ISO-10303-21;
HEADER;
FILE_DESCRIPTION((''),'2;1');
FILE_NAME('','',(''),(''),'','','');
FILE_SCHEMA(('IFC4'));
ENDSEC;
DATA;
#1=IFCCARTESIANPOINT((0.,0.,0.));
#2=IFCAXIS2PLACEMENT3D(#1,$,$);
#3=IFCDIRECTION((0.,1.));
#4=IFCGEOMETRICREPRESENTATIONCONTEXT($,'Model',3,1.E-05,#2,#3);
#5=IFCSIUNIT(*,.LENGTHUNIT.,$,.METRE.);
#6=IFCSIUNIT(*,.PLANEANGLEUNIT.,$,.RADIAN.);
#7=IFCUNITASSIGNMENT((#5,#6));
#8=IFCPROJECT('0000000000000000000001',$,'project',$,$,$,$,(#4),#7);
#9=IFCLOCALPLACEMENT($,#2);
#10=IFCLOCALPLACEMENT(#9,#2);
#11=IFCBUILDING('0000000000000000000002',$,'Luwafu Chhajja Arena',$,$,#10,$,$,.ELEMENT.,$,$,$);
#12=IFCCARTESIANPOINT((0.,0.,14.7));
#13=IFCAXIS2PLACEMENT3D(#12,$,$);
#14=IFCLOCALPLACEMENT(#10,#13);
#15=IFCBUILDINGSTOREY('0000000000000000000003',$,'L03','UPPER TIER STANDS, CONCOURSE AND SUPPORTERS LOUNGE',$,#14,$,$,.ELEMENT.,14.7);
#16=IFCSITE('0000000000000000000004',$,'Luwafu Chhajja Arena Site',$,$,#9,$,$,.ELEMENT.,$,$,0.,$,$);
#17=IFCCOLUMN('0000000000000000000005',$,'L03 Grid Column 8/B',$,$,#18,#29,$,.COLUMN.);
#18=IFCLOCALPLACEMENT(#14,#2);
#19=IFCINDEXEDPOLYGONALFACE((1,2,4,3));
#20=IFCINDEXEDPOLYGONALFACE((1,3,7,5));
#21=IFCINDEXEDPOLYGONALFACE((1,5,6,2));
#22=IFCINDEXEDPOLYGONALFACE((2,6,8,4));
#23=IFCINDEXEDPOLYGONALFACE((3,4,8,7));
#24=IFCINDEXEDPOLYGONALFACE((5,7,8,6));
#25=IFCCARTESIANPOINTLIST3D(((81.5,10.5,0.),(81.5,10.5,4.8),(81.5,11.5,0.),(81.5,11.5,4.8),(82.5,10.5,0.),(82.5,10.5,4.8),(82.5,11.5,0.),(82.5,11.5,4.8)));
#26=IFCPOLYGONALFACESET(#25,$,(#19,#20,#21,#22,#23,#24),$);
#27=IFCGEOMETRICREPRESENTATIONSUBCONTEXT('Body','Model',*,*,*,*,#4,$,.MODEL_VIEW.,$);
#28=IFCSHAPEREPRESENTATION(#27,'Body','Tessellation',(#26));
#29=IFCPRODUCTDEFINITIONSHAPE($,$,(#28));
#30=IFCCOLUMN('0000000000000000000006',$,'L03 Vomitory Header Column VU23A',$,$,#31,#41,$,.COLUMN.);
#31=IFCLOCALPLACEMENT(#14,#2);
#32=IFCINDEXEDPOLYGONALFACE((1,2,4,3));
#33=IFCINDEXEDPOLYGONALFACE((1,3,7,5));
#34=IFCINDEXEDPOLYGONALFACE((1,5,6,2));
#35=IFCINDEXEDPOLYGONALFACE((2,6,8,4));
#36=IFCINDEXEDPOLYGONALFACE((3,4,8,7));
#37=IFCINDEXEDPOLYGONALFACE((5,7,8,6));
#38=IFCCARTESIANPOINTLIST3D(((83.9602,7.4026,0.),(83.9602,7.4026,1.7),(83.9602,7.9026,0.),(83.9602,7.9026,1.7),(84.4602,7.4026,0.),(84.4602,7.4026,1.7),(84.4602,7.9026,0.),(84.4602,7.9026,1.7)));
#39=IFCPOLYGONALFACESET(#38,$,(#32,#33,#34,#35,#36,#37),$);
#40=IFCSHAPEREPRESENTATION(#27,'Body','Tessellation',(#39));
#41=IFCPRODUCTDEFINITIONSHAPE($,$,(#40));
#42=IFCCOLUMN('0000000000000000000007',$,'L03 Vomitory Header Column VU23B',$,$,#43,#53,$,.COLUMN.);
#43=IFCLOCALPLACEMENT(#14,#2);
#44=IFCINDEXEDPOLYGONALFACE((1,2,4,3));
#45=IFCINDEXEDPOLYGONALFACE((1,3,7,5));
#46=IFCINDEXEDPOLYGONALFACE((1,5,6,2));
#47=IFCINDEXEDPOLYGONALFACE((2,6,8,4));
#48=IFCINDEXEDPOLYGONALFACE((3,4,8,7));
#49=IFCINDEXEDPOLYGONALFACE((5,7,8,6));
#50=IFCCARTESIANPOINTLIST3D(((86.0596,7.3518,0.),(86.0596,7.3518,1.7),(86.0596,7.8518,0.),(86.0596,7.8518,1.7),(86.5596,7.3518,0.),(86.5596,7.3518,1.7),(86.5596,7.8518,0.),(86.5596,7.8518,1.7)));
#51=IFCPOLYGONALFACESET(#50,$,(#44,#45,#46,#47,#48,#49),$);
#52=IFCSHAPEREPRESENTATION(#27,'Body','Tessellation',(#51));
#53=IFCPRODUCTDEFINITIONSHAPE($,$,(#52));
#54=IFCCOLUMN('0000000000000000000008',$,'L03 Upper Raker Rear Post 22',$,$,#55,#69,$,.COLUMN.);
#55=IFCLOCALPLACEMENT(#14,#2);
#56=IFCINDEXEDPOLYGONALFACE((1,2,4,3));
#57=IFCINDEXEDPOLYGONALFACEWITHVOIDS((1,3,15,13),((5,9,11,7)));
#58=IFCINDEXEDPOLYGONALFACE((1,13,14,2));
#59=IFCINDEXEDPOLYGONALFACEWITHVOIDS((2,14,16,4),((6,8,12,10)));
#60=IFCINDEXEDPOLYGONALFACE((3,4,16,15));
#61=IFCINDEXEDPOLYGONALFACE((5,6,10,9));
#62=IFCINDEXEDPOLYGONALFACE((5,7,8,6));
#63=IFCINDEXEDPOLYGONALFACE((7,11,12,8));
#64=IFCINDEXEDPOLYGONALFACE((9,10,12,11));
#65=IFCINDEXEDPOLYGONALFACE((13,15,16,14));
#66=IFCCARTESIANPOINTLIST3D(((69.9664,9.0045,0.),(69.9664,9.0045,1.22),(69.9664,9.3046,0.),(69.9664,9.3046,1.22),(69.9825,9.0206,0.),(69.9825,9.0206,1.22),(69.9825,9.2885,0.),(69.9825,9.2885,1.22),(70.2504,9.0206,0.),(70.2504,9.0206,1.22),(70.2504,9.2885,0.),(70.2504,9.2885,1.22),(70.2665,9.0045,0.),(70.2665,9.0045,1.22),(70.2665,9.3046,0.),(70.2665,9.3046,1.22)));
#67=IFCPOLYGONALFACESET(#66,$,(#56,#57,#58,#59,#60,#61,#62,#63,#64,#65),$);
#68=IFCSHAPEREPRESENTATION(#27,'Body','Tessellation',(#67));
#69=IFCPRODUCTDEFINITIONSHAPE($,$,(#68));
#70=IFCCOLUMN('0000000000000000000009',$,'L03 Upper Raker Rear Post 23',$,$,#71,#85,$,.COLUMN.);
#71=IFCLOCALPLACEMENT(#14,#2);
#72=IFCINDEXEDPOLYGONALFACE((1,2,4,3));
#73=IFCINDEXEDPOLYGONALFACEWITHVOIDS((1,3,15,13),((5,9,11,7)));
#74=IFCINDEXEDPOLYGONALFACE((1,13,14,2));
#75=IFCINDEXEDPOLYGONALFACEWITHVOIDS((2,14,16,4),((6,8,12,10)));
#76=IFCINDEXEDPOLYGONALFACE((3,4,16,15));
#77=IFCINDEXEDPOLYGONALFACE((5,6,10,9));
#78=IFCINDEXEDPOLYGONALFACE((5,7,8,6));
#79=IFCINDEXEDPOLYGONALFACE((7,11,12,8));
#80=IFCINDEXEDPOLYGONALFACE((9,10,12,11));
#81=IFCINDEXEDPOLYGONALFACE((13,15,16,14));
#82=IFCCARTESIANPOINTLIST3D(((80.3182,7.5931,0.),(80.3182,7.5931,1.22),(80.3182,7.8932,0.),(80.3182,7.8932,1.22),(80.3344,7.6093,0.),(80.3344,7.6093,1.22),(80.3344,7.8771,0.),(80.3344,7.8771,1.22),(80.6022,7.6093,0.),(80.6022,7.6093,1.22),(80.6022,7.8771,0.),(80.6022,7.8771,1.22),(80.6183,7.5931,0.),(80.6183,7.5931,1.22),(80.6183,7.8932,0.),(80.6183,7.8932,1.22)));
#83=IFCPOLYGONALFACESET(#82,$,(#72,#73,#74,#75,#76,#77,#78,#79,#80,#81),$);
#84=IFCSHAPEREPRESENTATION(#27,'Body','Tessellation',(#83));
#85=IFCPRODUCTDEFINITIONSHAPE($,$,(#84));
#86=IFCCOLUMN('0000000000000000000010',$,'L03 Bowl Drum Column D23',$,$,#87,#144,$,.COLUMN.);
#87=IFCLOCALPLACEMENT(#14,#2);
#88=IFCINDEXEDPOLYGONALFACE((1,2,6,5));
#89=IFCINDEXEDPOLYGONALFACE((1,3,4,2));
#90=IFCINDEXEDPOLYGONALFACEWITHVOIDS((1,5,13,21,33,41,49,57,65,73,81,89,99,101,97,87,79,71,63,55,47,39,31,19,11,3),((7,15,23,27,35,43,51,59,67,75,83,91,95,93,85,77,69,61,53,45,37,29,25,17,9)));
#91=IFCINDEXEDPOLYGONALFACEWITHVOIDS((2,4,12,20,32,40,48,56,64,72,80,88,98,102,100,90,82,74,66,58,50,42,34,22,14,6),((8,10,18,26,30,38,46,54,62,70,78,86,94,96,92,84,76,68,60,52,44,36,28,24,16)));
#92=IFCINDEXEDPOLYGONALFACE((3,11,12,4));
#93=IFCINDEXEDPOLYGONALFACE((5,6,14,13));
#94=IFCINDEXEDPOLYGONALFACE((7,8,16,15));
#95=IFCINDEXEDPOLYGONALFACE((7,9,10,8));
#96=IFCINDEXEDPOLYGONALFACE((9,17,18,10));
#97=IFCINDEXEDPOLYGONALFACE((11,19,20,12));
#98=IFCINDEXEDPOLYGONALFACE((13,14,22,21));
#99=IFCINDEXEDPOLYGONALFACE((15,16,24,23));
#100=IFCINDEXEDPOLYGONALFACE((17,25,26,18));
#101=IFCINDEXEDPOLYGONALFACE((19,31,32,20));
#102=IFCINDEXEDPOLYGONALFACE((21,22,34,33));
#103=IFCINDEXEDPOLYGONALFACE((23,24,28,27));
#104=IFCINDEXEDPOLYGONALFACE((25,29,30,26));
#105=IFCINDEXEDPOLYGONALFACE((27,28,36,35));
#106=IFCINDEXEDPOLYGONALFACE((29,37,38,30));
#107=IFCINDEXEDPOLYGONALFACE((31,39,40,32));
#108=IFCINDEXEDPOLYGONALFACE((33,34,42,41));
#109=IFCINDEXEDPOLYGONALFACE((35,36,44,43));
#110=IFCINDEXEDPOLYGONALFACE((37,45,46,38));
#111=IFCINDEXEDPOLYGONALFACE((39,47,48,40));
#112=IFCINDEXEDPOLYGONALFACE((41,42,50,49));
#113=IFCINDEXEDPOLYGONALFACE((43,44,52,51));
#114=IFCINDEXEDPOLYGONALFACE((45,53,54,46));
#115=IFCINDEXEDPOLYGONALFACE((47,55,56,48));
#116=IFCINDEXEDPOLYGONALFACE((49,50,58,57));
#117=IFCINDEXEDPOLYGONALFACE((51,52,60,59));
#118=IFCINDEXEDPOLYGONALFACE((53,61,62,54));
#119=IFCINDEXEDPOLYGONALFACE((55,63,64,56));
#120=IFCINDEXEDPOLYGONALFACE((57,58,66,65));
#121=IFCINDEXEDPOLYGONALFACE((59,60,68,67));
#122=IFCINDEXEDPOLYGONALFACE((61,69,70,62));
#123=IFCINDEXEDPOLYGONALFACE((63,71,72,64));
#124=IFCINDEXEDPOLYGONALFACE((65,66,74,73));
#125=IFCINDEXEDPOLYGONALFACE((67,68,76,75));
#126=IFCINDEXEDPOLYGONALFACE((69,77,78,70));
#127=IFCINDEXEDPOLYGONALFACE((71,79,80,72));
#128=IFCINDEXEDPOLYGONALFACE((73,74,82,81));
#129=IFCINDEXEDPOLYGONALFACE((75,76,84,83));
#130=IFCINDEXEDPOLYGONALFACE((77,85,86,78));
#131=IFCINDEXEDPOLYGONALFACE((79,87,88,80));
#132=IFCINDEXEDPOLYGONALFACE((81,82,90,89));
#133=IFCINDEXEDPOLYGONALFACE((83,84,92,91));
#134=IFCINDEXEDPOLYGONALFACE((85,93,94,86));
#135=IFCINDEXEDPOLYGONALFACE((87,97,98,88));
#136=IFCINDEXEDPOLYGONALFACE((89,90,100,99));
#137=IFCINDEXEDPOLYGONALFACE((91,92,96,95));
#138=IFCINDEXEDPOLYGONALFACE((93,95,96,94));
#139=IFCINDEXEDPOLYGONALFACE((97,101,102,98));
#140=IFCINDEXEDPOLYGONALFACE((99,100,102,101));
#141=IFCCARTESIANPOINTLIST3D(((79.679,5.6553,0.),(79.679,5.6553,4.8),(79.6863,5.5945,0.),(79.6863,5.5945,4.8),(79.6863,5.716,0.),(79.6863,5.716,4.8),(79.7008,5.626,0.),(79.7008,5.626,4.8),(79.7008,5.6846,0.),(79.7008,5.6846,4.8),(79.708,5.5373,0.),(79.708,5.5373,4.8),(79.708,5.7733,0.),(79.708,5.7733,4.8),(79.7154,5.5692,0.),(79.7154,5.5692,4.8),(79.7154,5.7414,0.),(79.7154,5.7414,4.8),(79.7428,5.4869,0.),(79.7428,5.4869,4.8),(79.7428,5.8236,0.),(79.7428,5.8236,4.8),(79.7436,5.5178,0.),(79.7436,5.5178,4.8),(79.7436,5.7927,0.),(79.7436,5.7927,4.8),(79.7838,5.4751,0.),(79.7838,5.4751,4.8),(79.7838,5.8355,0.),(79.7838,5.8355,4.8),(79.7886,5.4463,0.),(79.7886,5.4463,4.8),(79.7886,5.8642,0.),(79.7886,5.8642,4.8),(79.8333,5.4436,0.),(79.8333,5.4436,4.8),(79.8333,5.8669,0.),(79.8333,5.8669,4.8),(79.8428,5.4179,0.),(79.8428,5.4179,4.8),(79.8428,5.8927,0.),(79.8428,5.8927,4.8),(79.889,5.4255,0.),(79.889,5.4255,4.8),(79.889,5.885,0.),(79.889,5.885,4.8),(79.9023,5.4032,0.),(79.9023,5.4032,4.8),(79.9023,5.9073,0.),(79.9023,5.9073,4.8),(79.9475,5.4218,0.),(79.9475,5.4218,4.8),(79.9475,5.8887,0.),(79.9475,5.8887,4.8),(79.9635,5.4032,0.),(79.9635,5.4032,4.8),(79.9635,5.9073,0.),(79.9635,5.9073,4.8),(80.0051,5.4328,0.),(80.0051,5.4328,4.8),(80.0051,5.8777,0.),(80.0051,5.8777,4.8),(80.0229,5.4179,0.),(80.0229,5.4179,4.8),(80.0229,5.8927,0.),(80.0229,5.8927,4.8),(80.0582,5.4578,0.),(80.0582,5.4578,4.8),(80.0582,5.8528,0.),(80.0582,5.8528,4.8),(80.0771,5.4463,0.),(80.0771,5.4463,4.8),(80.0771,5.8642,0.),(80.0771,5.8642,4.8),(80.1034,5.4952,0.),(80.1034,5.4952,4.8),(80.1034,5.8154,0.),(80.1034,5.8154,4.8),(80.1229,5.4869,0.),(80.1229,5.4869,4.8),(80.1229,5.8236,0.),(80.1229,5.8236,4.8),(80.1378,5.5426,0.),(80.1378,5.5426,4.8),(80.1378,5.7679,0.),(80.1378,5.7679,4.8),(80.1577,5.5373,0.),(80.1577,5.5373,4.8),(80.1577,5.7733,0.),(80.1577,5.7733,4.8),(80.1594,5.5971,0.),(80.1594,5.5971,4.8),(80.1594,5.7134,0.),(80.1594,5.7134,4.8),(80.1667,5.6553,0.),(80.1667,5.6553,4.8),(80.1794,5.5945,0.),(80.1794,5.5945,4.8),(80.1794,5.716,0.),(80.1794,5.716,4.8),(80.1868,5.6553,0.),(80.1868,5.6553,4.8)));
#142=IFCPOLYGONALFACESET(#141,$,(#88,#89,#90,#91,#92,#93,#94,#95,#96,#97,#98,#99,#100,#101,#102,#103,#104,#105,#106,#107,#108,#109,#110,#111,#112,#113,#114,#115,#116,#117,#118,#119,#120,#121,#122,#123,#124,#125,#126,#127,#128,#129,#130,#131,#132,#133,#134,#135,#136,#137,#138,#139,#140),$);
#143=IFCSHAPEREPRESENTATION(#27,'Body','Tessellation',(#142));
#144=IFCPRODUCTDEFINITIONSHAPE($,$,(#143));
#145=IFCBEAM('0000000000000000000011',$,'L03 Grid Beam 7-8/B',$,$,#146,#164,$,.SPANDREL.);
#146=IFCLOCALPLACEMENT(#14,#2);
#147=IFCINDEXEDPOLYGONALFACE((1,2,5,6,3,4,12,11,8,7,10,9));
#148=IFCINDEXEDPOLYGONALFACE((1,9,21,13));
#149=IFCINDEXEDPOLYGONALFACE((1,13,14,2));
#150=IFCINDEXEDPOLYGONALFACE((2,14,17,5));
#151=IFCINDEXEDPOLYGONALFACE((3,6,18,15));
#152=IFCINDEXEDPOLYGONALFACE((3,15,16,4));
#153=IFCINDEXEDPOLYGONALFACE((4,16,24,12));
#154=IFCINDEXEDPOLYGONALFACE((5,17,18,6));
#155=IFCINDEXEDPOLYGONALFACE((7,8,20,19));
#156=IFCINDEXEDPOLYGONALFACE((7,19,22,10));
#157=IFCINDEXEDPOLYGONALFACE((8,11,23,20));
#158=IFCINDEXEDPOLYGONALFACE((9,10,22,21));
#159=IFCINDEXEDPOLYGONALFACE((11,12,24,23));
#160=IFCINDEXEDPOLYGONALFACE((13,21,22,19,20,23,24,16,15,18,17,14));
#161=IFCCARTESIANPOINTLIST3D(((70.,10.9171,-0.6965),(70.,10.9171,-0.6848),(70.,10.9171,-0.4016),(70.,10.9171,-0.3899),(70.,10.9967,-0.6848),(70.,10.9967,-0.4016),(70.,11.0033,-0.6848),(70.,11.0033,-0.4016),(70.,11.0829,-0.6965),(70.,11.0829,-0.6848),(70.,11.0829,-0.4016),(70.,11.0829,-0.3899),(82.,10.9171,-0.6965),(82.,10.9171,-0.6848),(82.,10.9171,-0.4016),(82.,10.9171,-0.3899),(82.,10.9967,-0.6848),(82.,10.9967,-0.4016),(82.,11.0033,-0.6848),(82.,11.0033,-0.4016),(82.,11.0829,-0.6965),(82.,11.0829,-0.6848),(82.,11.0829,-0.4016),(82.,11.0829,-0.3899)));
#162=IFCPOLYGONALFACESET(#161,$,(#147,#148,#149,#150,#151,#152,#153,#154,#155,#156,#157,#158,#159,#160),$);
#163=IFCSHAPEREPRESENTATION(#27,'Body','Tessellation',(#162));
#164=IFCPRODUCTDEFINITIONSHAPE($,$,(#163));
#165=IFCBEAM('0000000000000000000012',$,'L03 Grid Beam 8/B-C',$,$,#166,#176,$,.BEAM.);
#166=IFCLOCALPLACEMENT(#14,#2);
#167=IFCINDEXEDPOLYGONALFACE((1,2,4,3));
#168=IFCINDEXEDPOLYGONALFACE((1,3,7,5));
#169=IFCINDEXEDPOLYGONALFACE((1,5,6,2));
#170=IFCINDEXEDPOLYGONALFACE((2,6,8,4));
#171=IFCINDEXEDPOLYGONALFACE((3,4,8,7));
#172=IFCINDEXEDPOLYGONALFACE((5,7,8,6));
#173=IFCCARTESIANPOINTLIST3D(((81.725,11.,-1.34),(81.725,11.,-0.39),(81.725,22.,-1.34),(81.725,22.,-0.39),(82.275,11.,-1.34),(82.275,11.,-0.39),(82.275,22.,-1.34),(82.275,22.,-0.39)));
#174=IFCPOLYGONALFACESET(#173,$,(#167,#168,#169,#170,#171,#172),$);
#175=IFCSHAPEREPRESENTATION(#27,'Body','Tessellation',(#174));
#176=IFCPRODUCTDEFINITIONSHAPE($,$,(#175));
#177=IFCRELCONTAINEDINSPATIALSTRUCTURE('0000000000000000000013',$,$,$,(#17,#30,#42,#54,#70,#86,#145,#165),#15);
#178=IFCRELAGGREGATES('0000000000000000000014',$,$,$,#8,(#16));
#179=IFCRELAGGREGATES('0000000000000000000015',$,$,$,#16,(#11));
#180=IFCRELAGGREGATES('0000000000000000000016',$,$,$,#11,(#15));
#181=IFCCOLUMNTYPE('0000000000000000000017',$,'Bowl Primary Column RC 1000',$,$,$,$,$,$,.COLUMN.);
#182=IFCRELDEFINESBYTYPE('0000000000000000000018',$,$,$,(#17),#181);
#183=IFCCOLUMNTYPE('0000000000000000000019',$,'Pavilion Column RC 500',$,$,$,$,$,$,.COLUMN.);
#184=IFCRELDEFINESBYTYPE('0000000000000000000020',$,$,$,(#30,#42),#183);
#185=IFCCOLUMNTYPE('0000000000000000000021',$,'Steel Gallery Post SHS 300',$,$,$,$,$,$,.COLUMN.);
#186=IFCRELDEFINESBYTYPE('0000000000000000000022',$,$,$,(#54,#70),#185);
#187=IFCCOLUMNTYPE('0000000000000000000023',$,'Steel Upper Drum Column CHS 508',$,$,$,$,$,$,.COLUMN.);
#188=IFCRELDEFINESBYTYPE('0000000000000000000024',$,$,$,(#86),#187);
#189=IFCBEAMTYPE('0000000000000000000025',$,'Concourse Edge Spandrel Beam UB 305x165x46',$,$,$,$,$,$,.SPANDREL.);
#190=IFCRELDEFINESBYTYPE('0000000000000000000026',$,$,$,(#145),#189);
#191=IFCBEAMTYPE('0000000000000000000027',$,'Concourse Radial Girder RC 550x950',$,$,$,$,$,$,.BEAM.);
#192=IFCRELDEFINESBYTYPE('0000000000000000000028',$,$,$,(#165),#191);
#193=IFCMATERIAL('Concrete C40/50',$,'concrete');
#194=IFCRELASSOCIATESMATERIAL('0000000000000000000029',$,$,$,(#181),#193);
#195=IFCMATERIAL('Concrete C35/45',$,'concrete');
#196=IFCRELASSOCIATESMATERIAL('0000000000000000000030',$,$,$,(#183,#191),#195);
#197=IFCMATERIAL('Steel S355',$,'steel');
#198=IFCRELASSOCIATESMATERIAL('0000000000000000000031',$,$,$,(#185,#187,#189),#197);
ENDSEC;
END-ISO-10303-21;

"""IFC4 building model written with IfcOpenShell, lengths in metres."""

from ifc_helpers import new_model, si_unit, direction, frame, origin, origin_2d, place, context, subcontext, project, spatial, rectangle, hollow_rectangle, hollow_circle, i_section, extrude, material, material_profile, profile_set, type_object, element, save


model = new_model("IFC4")

# Units and contexts
model_context = context("Model", 3, precision=1e-05, world=origin(), true_north=direction((0.0, 1.0)))
body_context = subcontext(model_context, "Body", "Model", "MODEL_VIEW")
ifc_project = project(units=[si_unit("LENGTHUNIT", "METRE"), si_unit("PLANEANGLEUNIT", "RADIAN")], contexts=[model_context])

# Site, building, storey
site_placement = place(None, origin())
site = spatial("IfcSite", under=ifc_project, at=site_placement, Name="Luwafu Chhajja Arena Site", CompositionType="ELEMENT", RefElevation=0.0)
building_placement = place(site_placement, origin())
building = spatial("IfcBuilding", under=site, at=building_placement, Name="Luwafu Chhajja Arena", CompositionType="ELEMENT")
storey_placement = place(building_placement, frame((0.0, 0.0, 14.7)))
storey = spatial("IfcBuildingStorey", under=building, at=storey_placement, Name="L03", Description="UPPER TIER STANDS, CONCOURSE AND SUPPORTERS LOUNGE", CompositionType="ELEMENT", Elevation=14.7)

# Columns
ifc_material_1 = material(Name="Concrete C40/50", Category="concrete")
ifc_material_profile_1 = material_profile(ifc_material_1, rectangle(XDim=1.0, YDim=1.0, at=origin_2d()), Name="RC 1000x1000")
ifc_profile_set_1 = profile_set([ifc_material_profile_1], Name="Concrete C40/50")
column_type_1 = type_object("IfcColumnType", Name="Bowl Primary Column RC 1000", PredefinedType="COLUMN", material=ifc_profile_set_1)
column_1_placement = place(storey_placement, frame((82.0, 11.0, 0.0), z_axis=(0.0, 0.0, 1.0), x_axis=(1.0, 0.0, 0.0)))
element("IfcColumn", 1, at=column_1_placement, inside=storey, type_object=column_type_1, Name="L03 Grid Column 8/B", PredefinedType="COLUMN", context=body_context, shape_type="SweptSolid", body=[
    extrude(rectangle(XDim=1.0, YDim=1.0, at=origin_2d()), origin(), (0.0, 0.0, 1.0), 4.8),
])
ifc_material_2 = material(Name="Concrete C35/45", Category="concrete")
ifc_material_profile_2 = material_profile(ifc_material_2, rectangle(XDim=0.5, YDim=0.5, at=origin_2d()), Name="RC 500x500")
ifc_profile_set_2 = profile_set([ifc_material_profile_2], Name="Concrete C35/45")
column_type_2 = type_object("IfcColumnType", Name="Pavilion Column RC 500", PredefinedType="COLUMN", material=ifc_profile_set_2)
for number, where, z_axis, x_axis, name in (
    (2, (84.2102, 7.6526, 0.0), (0.0, 0.0, 1.0), (1.0, 0.0, 0.0), "L03 Vomitory Header Column VU23A"),
    (3, (86.3096, 7.6018, 0.0), (0.0, 0.0, 1.0), (1.0, 0.0, 0.0), "L03 Vomitory Header Column VU23B"),
):
    element("IfcColumn", number, at=place(storey_placement, frame(where, z_axis=z_axis, x_axis=x_axis)), inside=storey, type_object=column_type_2, Name=name, PredefinedType="COLUMN", context=body_context, shape_type="SweptSolid", body=[
        extrude(rectangle(XDim=0.5, YDim=0.5, at=origin_2d()), origin(), (0.0, 0.0, 1.0), 1.7),
    ])
ifc_material_3 = material(Name="Steel S355", Category="steel")
ifc_material_profile_3 = material_profile(ifc_material_3, hollow_rectangle(XDim=0.3, YDim=0.3, WallThickness=0.0161, at=origin_2d()), Name="SHS 300x300x16")
ifc_profile_set_3 = profile_set([ifc_material_profile_3], Name="Steel S355")
column_type_3 = type_object("IfcColumnType", Name="Steel Gallery Post SHS 300", PredefinedType="COLUMN", material=ifc_profile_set_3)
for number, where, z_axis, x_axis, name in (
    (4, (70.1165, 9.1545, 0.0), (0.0, 0.0, 1.0), (1.0, 0.0, 0.0), "L03 Upper Raker Rear Post 22"),
    (5, (80.4683, 7.7432, 0.0), (0.0, 0.0, 1.0), (1.0, 0.0, 0.0), "L03 Upper Raker Rear Post 23"),
):
    element("IfcColumn", number, at=place(storey_placement, frame(where, z_axis=z_axis, x_axis=x_axis)), inside=storey, type_object=column_type_3, Name=name, PredefinedType="COLUMN", context=body_context, shape_type="SweptSolid", body=[
        extrude(hollow_rectangle(XDim=0.3, YDim=0.3, WallThickness=0.0161, at=origin_2d()), origin(), (0.0, 0.0, 1.0), 1.22),
    ])
ifc_material_profile_4 = material_profile(ifc_material_3, hollow_circle(Radius=0.2539, WallThickness=0.02, at=origin_2d()), Name="CHS 508x20")
ifc_profile_set_4 = profile_set([ifc_material_profile_4], Name="Steel S355")
column_type_4 = type_object("IfcColumnType", Name="Steel Upper Drum Column CHS 508", PredefinedType="COLUMN", material=ifc_profile_set_4)
column_2_placement = place(storey_placement, frame((79.9329, 5.6553, 0.0), z_axis=(0.0, 0.0, 1.0), x_axis=(1.0, 0.0, 0.0)))
element("IfcColumn", 6, at=column_2_placement, inside=storey, type_object=column_type_4, Name="L03 Bowl Drum Column D23", PredefinedType="COLUMN", context=body_context, shape_type="SweptSolid", body=[
    extrude(hollow_circle(Radius=0.2539, WallThickness=0.02, at=origin_2d()), origin(), (0.0, 0.0, 1.0), 4.8),
])

# Beams
ifc_material_profile_5 = material_profile(ifc_material_3, i_section(OverallWidth=0.1658, OverallDepth=0.3066, WebThickness=0.0066, FlangeThickness=0.0117, at=origin_2d()), Name="UB 305x165x46")
ifc_profile_set_5 = profile_set([ifc_material_profile_5], Name="Steel S355")
beam_type_1 = type_object("IfcBeamType", Name="Concourse Edge Spandrel Beam UB 305x165x46", PredefinedType="SPANDREL", material=ifc_profile_set_5)
beam_1_placement = place(storey_placement, frame((70.0, 11.0, -0.5432), z_axis=(1.0, 0.0, 0.0), x_axis=(0.0, 1.0, 0.0)))
element("IfcBeam", 7, at=beam_1_placement, inside=storey, type_object=beam_type_1, Name="L03 Grid Beam 7-8/B", PredefinedType="SPANDREL", context=body_context, shape_type="SweptSolid", body=[
    extrude(i_section(OverallWidth=0.1658, OverallDepth=0.3066, WebThickness=0.0066, FlangeThickness=0.0117, at=origin_2d()), origin(), (0.0, 0.0, 1.0), 12.0),
])
ifc_material_profile_6 = material_profile(ifc_material_2, rectangle(XDim=0.55, YDim=0.95, at=origin_2d()), Name="RC 550x950")
ifc_profile_set_6 = profile_set([ifc_material_profile_6], Name="Concrete C35/45")
beam_type_2 = type_object("IfcBeamType", Name="Concourse Radial Girder RC 550x950", PredefinedType="BEAM", material=ifc_profile_set_6)
beam_2_placement = place(storey_placement, frame((82.0, 11.0, -0.865), z_axis=(0.0, 1.0, 0.0), x_axis=(-1.0, 0.0, 0.0)))
element("IfcBeam", 8, at=beam_2_placement, inside=storey, type_object=beam_type_2, Name="L03 Grid Beam 8/B-C", PredefinedType="BEAM", context=body_context, shape_type="SweptSolid", body=[
    extrude(rectangle(XDim=0.55, YDim=0.95, at=origin_2d()), origin(), (0.0, 0.0, 1.0), 11.0),
])

save(model, "model.ifc")
